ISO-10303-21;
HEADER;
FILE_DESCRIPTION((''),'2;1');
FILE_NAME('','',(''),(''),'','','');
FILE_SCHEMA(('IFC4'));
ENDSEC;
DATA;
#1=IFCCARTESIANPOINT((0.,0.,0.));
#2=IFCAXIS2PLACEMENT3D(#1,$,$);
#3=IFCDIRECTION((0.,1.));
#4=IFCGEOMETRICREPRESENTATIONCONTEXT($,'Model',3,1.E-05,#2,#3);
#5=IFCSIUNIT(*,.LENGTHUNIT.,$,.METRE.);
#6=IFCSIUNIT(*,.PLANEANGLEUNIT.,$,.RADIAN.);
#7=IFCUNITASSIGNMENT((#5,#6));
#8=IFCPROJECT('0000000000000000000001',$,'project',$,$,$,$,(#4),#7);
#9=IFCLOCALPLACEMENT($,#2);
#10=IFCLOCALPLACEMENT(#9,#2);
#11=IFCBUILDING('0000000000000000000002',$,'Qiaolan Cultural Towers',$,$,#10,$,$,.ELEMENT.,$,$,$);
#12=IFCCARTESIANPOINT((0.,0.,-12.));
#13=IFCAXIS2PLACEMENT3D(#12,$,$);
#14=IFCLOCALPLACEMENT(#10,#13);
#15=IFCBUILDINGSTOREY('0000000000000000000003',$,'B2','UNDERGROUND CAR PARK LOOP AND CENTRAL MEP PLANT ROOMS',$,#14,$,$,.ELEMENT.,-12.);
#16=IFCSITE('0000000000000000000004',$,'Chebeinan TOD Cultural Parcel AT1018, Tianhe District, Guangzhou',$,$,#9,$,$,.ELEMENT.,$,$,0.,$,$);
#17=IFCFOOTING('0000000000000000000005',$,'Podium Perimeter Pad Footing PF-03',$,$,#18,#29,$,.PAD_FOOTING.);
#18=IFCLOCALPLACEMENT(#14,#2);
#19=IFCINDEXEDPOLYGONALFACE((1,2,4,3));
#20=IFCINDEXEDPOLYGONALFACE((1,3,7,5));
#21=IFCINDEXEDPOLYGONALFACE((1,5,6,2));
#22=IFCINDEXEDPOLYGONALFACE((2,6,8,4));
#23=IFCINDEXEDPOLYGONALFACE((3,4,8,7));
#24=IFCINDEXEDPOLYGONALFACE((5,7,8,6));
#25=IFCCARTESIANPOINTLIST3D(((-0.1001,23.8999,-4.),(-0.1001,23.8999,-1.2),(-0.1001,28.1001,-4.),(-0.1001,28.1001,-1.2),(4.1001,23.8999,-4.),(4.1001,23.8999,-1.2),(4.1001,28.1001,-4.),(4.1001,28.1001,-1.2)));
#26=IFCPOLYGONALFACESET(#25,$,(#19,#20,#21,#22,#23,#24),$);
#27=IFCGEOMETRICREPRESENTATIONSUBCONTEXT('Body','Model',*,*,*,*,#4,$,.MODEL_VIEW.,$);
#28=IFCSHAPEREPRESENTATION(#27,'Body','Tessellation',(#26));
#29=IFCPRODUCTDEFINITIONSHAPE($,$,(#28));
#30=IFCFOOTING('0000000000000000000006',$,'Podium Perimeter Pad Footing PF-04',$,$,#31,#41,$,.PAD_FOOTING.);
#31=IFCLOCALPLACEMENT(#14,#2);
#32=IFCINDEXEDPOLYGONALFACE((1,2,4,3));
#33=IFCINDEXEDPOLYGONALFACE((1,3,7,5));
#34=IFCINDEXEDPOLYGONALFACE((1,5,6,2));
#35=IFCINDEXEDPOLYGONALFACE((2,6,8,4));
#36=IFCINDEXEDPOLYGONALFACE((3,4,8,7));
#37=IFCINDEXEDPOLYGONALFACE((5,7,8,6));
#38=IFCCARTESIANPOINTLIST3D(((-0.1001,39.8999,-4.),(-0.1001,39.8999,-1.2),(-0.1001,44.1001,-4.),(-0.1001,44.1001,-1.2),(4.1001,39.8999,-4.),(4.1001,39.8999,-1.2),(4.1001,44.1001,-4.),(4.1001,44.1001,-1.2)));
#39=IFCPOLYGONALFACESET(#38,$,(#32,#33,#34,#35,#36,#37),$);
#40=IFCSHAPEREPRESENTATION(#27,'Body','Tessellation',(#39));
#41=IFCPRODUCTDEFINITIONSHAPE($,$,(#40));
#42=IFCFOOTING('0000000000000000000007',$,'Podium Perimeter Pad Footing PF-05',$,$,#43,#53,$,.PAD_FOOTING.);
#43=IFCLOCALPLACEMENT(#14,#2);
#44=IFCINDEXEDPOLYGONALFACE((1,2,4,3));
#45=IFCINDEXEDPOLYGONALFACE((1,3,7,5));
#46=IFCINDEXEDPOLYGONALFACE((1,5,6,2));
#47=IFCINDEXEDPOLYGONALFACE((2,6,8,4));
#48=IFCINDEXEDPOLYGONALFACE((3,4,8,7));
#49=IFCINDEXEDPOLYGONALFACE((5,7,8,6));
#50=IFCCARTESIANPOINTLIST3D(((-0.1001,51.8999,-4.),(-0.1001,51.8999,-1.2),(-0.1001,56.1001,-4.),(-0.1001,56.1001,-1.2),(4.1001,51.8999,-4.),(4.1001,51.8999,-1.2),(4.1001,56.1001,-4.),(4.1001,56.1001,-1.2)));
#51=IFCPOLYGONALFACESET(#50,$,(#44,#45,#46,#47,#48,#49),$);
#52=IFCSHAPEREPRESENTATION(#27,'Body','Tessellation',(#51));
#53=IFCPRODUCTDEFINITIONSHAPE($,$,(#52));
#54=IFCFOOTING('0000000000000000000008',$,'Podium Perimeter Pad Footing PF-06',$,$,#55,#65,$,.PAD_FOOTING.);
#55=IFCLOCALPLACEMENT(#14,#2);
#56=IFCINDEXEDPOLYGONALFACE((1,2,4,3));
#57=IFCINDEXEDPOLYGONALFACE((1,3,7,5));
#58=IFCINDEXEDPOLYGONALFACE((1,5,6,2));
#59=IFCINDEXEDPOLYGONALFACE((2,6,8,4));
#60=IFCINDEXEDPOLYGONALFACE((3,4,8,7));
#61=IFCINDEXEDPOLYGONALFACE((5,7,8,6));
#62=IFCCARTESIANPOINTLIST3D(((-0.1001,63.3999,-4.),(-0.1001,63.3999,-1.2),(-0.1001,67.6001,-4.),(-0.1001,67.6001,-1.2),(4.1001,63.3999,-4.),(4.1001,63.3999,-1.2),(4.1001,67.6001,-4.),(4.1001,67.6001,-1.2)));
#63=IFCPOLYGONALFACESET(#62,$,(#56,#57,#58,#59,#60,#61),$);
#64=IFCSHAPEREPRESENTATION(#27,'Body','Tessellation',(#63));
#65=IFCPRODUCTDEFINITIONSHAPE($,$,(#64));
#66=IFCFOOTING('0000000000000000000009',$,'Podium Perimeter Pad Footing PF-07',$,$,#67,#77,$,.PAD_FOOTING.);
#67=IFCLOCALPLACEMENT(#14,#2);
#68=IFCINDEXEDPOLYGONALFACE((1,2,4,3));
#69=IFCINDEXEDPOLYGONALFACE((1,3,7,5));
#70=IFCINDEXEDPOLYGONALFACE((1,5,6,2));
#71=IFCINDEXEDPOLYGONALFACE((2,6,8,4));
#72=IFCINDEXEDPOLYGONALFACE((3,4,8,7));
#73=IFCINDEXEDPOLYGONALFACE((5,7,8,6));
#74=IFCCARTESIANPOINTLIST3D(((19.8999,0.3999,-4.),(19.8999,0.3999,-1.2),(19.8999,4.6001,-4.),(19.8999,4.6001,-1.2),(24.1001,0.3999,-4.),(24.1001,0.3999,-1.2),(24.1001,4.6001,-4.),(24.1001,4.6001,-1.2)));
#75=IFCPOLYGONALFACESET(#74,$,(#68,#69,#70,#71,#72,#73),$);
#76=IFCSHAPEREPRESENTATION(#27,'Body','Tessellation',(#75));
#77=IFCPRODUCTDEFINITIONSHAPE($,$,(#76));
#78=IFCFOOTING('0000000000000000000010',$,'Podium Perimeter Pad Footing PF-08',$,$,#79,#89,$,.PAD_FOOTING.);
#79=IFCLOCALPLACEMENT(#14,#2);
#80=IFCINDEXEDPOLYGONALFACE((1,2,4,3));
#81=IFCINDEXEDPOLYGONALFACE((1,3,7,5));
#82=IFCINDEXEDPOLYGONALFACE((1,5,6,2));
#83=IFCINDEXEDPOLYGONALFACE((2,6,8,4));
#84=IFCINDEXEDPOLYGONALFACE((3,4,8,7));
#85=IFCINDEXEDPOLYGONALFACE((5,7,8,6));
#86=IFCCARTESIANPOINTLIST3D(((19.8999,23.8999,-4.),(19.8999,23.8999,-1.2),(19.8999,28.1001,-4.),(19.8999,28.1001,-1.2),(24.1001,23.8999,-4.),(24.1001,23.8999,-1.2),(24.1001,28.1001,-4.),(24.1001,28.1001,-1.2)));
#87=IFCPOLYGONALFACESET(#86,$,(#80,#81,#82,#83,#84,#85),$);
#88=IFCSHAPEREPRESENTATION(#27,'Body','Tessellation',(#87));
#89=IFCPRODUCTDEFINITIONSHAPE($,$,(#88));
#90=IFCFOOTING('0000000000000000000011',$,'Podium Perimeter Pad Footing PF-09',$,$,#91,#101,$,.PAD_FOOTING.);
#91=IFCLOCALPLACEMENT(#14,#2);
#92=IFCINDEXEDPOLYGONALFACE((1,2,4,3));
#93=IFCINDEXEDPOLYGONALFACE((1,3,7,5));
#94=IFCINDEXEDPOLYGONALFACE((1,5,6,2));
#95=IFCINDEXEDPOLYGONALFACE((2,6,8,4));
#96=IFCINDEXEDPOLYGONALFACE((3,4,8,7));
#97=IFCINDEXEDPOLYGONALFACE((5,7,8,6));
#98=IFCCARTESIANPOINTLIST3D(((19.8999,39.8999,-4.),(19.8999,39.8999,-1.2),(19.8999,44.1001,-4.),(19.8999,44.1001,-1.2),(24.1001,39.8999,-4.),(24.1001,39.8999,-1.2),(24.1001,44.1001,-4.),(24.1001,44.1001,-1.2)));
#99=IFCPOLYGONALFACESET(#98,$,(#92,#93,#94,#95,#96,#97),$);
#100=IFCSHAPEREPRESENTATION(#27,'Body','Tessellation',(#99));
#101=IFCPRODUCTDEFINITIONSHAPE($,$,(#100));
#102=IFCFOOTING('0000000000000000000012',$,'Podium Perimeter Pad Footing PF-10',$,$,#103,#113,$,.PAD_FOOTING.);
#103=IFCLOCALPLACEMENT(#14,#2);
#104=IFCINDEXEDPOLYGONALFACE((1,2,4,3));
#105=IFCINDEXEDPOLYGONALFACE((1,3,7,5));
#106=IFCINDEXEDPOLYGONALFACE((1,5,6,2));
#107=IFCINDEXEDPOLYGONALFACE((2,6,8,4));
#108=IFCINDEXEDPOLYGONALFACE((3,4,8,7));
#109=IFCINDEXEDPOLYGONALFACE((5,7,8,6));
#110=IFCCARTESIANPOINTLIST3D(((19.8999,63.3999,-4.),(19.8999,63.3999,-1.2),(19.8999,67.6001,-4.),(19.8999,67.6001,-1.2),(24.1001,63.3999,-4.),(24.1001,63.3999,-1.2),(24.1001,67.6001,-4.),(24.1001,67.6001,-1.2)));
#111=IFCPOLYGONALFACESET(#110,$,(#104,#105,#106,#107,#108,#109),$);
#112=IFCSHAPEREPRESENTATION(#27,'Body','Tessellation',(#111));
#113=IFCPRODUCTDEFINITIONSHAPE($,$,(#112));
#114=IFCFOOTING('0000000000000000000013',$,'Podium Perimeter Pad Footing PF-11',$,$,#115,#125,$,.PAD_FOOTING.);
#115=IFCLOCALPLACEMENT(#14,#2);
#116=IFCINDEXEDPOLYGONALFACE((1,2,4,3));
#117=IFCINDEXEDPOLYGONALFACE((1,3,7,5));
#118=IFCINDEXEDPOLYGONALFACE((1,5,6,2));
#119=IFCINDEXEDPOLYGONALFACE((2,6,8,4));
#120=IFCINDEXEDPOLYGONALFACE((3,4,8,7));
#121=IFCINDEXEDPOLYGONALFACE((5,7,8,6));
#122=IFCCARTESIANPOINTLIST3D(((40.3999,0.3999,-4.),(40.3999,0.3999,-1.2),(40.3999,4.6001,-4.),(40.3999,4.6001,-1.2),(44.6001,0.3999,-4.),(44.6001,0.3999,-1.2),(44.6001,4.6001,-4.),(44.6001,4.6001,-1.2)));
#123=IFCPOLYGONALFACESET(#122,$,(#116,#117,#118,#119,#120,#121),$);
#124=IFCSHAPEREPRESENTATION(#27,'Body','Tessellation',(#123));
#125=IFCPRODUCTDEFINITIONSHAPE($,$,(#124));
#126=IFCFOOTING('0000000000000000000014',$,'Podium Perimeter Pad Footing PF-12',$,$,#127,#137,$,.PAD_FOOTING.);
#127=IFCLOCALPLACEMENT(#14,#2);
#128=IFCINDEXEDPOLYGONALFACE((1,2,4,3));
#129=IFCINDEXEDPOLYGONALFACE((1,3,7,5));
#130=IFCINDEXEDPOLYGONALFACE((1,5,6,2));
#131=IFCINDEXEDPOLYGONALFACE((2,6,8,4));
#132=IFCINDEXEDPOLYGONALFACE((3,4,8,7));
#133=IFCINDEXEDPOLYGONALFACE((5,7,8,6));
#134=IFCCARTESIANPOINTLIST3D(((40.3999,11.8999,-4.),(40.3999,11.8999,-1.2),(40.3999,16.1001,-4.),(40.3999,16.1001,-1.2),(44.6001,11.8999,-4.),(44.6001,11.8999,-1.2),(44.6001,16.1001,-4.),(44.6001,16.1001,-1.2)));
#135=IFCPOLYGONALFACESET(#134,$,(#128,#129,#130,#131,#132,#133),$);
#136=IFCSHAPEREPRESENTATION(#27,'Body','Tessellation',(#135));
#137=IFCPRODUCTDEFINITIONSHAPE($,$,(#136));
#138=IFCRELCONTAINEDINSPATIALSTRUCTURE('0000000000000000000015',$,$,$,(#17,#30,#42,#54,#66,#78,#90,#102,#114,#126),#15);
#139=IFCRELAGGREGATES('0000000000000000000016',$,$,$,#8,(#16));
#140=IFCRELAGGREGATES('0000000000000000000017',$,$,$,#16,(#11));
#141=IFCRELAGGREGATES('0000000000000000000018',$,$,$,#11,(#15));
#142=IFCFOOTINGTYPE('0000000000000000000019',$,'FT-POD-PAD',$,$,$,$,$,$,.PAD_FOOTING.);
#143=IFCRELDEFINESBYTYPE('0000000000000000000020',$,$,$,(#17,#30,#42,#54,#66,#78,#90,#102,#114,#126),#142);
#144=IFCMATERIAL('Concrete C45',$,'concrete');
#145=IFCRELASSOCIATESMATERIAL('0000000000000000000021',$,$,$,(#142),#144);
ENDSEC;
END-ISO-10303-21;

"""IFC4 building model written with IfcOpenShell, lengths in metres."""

from ifc_helpers import new_model, si_unit, direction, frame, origin, place, context, subcontext, project, spatial, polyline, outline, extrude, material, type_object, element, save


model = new_model("IFC4")

# Units and contexts
model_context = context("Model", 3, precision=1e-05, world=origin(), true_north=direction((0.0, 1.0)))
body_context = subcontext(model_context, "Body", "Model", "MODEL_VIEW")
ifc_project = project(units=[si_unit("LENGTHUNIT", "METRE"), si_unit("PLANEANGLEUNIT", "RADIAN")], contexts=[model_context])

# Site, building, storey
site_placement = place(None, origin())
site = spatial("IfcSite", under=ifc_project, at=site_placement, Name="Chebeinan TOD Cultural Parcel AT1018, Tianhe District, Guangzhou", CompositionType="ELEMENT", RefElevation=0.0)
building_placement = place(site_placement, origin())
building = spatial("IfcBuilding", under=site, at=building_placement, Name="Qiaolan Cultural Towers", CompositionType="ELEMENT")
storey_placement = place(building_placement, frame((0.0, 0.0, -12.0)))
storey = spatial("IfcBuildingStorey", under=building, at=storey_placement, Name="B2", Description="UNDERGROUND CAR PARK LOOP AND CENTRAL MEP PLANT ROOMS", CompositionType="ELEMENT", Elevation=-12.0)

# Footings
ifc_material_1 = material(Name="Concrete C45", Category="concrete")
footing_type_1 = type_object("IfcFootingType", Name="FT-POD-PAD", PredefinedType="PAD_FOOTING", material=ifc_material_1)
footing_1_placement = place(storey_placement, frame((0.0, 0.0, -4.0)))
element("IfcFooting", 1, at=footing_1_placement, inside=storey, type_object=footing_type_1, Name="Podium Perimeter Pad Footing PF-03", PredefinedType="PAD_FOOTING", context=body_context, shape_type="SweptSolid", body=[
    extrude(outline(polyline([(-0.1001, 23.8999), (4.1001, 23.8999), (4.1001, 28.1001), (-0.1001, 28.1001), (-0.1001, 23.8999)])), origin(), (0.0, 0.0, 1.0), 2.8),
])
footing_2_placement = place(storey_placement, frame((0.0, 0.0, -4.0)))
element("IfcFooting", 2, at=footing_2_placement, inside=storey, type_object=footing_type_1, Name="Podium Perimeter Pad Footing PF-04", PredefinedType="PAD_FOOTING", context=body_context, shape_type="SweptSolid", body=[
    extrude(outline(polyline([(-0.1001, 39.8999), (4.1001, 39.8999), (4.1001, 44.1001), (-0.1001, 44.1001), (-0.1001, 39.8999)])), origin(), (0.0, 0.0, 1.0), 2.8),
])
footing_3_placement = place(storey_placement, frame((0.0, 0.0, -4.0)))
element("IfcFooting", 3, at=footing_3_placement, inside=storey, type_object=footing_type_1, Name="Podium Perimeter Pad Footing PF-05", PredefinedType="PAD_FOOTING", context=body_context, shape_type="SweptSolid", body=[
    extrude(outline(polyline([(-0.1001, 51.8999), (4.1001, 51.8999), (4.1001, 56.1001), (-0.1001, 56.1001), (-0.1001, 51.8999)])), origin(), (0.0, 0.0, 1.0), 2.8),
])
footing_4_placement = place(storey_placement, frame((0.0, 0.0, -4.0)))
element("IfcFooting", 4, at=footing_4_placement, inside=storey, type_object=footing_type_1, Name="Podium Perimeter Pad Footing PF-06", PredefinedType="PAD_FOOTING", context=body_context, shape_type="SweptSolid", body=[
    extrude(outline(polyline([(-0.1001, 63.3999), (4.1001, 63.3999), (4.1001, 67.6001), (-0.1001, 67.6001), (-0.1001, 63.3999)])), origin(), (0.0, 0.0, 1.0), 2.8),
])
footing_5_placement = place(storey_placement, frame((0.0, 0.0, -4.0)))
element("IfcFooting", 5, at=footing_5_placement, inside=storey, type_object=footing_type_1, Name="Podium Perimeter Pad Footing PF-07", PredefinedType="PAD_FOOTING", context=body_context, shape_type="SweptSolid", body=[
    extrude(outline(polyline([(19.8999, 0.3999), (24.1001, 0.3999), (24.1001, 4.6001), (19.8999, 4.6001), (19.8999, 0.3999)])), origin(), (0.0, 0.0, 1.0), 2.8),
])
footing_6_placement = place(storey_placement, frame((0.0, 0.0, -4.0)))
element("IfcFooting", 6, at=footing_6_placement, inside=storey, type_object=footing_type_1, Name="Podium Perimeter Pad Footing PF-08", PredefinedType="PAD_FOOTING", context=body_context, shape_type="SweptSolid", body=[
    extrude(outline(polyline([(19.8999, 23.8999), (24.1001, 23.8999), (24.1001, 28.1001), (19.8999, 28.1001), (19.8999, 23.8999)])), origin(), (0.0, 0.0, 1.0), 2.8),
])
footing_7_placement = place(storey_placement, frame((0.0, 0.0, -4.0)))
element("IfcFooting", 7, at=footing_7_placement, inside=storey, type_object=footing_type_1, Name="Podium Perimeter Pad Footing PF-09", PredefinedType="PAD_FOOTING", context=body_context, shape_type="SweptSolid", body=[
    extrude(outline(polyline([(19.8999, 39.8999), (24.1001, 39.8999), (24.1001, 44.1001), (19.8999, 44.1001), (19.8999, 39.8999)])), origin(), (0.0, 0.0, 1.0), 2.8),
])
footing_8_placement = place(storey_placement, frame((0.0, 0.0, -4.0)))
element("IfcFooting", 8, at=footing_8_placement, inside=storey, type_object=footing_type_1, Name="Podium Perimeter Pad Footing PF-10", PredefinedType="PAD_FOOTING", context=body_context, shape_type="SweptSolid", body=[
    extrude(outline(polyline([(19.8999, 63.3999), (24.1001, 63.3999), (24.1001, 67.6001), (19.8999, 67.6001), (19.8999, 63.3999)])), origin(), (0.0, 0.0, 1.0), 2.8),
])
footing_9_placement = place(storey_placement, frame((0.0, 0.0, -4.0)))
element("IfcFooting", 9, at=footing_9_placement, inside=storey, type_object=footing_type_1, Name="Podium Perimeter Pad Footing PF-11", PredefinedType="PAD_FOOTING", context=body_context, shape_type="SweptSolid", body=[
    extrude(outline(polyline([(40.3999, 0.3999), (44.6001, 0.3999), (44.6001, 4.6001), (40.3999, 4.6001), (40.3999, 0.3999)])), origin(), (0.0, 0.0, 1.0), 2.8),
])
footing_10_placement = place(storey_placement, frame((0.0, 0.0, -4.0)))
element("IfcFooting", 10, at=footing_10_placement, inside=storey, type_object=footing_type_1, Name="Podium Perimeter Pad Footing PF-12", PredefinedType="PAD_FOOTING", context=body_context, shape_type="SweptSolid", body=[
    extrude(outline(polyline([(40.3999, 11.8999), (44.6001, 11.8999), (44.6001, 16.1001), (40.3999, 16.1001), (40.3999, 11.8999)])), origin(), (0.0, 0.0, 1.0), 2.8),
])

save(model, "model.ifc")
